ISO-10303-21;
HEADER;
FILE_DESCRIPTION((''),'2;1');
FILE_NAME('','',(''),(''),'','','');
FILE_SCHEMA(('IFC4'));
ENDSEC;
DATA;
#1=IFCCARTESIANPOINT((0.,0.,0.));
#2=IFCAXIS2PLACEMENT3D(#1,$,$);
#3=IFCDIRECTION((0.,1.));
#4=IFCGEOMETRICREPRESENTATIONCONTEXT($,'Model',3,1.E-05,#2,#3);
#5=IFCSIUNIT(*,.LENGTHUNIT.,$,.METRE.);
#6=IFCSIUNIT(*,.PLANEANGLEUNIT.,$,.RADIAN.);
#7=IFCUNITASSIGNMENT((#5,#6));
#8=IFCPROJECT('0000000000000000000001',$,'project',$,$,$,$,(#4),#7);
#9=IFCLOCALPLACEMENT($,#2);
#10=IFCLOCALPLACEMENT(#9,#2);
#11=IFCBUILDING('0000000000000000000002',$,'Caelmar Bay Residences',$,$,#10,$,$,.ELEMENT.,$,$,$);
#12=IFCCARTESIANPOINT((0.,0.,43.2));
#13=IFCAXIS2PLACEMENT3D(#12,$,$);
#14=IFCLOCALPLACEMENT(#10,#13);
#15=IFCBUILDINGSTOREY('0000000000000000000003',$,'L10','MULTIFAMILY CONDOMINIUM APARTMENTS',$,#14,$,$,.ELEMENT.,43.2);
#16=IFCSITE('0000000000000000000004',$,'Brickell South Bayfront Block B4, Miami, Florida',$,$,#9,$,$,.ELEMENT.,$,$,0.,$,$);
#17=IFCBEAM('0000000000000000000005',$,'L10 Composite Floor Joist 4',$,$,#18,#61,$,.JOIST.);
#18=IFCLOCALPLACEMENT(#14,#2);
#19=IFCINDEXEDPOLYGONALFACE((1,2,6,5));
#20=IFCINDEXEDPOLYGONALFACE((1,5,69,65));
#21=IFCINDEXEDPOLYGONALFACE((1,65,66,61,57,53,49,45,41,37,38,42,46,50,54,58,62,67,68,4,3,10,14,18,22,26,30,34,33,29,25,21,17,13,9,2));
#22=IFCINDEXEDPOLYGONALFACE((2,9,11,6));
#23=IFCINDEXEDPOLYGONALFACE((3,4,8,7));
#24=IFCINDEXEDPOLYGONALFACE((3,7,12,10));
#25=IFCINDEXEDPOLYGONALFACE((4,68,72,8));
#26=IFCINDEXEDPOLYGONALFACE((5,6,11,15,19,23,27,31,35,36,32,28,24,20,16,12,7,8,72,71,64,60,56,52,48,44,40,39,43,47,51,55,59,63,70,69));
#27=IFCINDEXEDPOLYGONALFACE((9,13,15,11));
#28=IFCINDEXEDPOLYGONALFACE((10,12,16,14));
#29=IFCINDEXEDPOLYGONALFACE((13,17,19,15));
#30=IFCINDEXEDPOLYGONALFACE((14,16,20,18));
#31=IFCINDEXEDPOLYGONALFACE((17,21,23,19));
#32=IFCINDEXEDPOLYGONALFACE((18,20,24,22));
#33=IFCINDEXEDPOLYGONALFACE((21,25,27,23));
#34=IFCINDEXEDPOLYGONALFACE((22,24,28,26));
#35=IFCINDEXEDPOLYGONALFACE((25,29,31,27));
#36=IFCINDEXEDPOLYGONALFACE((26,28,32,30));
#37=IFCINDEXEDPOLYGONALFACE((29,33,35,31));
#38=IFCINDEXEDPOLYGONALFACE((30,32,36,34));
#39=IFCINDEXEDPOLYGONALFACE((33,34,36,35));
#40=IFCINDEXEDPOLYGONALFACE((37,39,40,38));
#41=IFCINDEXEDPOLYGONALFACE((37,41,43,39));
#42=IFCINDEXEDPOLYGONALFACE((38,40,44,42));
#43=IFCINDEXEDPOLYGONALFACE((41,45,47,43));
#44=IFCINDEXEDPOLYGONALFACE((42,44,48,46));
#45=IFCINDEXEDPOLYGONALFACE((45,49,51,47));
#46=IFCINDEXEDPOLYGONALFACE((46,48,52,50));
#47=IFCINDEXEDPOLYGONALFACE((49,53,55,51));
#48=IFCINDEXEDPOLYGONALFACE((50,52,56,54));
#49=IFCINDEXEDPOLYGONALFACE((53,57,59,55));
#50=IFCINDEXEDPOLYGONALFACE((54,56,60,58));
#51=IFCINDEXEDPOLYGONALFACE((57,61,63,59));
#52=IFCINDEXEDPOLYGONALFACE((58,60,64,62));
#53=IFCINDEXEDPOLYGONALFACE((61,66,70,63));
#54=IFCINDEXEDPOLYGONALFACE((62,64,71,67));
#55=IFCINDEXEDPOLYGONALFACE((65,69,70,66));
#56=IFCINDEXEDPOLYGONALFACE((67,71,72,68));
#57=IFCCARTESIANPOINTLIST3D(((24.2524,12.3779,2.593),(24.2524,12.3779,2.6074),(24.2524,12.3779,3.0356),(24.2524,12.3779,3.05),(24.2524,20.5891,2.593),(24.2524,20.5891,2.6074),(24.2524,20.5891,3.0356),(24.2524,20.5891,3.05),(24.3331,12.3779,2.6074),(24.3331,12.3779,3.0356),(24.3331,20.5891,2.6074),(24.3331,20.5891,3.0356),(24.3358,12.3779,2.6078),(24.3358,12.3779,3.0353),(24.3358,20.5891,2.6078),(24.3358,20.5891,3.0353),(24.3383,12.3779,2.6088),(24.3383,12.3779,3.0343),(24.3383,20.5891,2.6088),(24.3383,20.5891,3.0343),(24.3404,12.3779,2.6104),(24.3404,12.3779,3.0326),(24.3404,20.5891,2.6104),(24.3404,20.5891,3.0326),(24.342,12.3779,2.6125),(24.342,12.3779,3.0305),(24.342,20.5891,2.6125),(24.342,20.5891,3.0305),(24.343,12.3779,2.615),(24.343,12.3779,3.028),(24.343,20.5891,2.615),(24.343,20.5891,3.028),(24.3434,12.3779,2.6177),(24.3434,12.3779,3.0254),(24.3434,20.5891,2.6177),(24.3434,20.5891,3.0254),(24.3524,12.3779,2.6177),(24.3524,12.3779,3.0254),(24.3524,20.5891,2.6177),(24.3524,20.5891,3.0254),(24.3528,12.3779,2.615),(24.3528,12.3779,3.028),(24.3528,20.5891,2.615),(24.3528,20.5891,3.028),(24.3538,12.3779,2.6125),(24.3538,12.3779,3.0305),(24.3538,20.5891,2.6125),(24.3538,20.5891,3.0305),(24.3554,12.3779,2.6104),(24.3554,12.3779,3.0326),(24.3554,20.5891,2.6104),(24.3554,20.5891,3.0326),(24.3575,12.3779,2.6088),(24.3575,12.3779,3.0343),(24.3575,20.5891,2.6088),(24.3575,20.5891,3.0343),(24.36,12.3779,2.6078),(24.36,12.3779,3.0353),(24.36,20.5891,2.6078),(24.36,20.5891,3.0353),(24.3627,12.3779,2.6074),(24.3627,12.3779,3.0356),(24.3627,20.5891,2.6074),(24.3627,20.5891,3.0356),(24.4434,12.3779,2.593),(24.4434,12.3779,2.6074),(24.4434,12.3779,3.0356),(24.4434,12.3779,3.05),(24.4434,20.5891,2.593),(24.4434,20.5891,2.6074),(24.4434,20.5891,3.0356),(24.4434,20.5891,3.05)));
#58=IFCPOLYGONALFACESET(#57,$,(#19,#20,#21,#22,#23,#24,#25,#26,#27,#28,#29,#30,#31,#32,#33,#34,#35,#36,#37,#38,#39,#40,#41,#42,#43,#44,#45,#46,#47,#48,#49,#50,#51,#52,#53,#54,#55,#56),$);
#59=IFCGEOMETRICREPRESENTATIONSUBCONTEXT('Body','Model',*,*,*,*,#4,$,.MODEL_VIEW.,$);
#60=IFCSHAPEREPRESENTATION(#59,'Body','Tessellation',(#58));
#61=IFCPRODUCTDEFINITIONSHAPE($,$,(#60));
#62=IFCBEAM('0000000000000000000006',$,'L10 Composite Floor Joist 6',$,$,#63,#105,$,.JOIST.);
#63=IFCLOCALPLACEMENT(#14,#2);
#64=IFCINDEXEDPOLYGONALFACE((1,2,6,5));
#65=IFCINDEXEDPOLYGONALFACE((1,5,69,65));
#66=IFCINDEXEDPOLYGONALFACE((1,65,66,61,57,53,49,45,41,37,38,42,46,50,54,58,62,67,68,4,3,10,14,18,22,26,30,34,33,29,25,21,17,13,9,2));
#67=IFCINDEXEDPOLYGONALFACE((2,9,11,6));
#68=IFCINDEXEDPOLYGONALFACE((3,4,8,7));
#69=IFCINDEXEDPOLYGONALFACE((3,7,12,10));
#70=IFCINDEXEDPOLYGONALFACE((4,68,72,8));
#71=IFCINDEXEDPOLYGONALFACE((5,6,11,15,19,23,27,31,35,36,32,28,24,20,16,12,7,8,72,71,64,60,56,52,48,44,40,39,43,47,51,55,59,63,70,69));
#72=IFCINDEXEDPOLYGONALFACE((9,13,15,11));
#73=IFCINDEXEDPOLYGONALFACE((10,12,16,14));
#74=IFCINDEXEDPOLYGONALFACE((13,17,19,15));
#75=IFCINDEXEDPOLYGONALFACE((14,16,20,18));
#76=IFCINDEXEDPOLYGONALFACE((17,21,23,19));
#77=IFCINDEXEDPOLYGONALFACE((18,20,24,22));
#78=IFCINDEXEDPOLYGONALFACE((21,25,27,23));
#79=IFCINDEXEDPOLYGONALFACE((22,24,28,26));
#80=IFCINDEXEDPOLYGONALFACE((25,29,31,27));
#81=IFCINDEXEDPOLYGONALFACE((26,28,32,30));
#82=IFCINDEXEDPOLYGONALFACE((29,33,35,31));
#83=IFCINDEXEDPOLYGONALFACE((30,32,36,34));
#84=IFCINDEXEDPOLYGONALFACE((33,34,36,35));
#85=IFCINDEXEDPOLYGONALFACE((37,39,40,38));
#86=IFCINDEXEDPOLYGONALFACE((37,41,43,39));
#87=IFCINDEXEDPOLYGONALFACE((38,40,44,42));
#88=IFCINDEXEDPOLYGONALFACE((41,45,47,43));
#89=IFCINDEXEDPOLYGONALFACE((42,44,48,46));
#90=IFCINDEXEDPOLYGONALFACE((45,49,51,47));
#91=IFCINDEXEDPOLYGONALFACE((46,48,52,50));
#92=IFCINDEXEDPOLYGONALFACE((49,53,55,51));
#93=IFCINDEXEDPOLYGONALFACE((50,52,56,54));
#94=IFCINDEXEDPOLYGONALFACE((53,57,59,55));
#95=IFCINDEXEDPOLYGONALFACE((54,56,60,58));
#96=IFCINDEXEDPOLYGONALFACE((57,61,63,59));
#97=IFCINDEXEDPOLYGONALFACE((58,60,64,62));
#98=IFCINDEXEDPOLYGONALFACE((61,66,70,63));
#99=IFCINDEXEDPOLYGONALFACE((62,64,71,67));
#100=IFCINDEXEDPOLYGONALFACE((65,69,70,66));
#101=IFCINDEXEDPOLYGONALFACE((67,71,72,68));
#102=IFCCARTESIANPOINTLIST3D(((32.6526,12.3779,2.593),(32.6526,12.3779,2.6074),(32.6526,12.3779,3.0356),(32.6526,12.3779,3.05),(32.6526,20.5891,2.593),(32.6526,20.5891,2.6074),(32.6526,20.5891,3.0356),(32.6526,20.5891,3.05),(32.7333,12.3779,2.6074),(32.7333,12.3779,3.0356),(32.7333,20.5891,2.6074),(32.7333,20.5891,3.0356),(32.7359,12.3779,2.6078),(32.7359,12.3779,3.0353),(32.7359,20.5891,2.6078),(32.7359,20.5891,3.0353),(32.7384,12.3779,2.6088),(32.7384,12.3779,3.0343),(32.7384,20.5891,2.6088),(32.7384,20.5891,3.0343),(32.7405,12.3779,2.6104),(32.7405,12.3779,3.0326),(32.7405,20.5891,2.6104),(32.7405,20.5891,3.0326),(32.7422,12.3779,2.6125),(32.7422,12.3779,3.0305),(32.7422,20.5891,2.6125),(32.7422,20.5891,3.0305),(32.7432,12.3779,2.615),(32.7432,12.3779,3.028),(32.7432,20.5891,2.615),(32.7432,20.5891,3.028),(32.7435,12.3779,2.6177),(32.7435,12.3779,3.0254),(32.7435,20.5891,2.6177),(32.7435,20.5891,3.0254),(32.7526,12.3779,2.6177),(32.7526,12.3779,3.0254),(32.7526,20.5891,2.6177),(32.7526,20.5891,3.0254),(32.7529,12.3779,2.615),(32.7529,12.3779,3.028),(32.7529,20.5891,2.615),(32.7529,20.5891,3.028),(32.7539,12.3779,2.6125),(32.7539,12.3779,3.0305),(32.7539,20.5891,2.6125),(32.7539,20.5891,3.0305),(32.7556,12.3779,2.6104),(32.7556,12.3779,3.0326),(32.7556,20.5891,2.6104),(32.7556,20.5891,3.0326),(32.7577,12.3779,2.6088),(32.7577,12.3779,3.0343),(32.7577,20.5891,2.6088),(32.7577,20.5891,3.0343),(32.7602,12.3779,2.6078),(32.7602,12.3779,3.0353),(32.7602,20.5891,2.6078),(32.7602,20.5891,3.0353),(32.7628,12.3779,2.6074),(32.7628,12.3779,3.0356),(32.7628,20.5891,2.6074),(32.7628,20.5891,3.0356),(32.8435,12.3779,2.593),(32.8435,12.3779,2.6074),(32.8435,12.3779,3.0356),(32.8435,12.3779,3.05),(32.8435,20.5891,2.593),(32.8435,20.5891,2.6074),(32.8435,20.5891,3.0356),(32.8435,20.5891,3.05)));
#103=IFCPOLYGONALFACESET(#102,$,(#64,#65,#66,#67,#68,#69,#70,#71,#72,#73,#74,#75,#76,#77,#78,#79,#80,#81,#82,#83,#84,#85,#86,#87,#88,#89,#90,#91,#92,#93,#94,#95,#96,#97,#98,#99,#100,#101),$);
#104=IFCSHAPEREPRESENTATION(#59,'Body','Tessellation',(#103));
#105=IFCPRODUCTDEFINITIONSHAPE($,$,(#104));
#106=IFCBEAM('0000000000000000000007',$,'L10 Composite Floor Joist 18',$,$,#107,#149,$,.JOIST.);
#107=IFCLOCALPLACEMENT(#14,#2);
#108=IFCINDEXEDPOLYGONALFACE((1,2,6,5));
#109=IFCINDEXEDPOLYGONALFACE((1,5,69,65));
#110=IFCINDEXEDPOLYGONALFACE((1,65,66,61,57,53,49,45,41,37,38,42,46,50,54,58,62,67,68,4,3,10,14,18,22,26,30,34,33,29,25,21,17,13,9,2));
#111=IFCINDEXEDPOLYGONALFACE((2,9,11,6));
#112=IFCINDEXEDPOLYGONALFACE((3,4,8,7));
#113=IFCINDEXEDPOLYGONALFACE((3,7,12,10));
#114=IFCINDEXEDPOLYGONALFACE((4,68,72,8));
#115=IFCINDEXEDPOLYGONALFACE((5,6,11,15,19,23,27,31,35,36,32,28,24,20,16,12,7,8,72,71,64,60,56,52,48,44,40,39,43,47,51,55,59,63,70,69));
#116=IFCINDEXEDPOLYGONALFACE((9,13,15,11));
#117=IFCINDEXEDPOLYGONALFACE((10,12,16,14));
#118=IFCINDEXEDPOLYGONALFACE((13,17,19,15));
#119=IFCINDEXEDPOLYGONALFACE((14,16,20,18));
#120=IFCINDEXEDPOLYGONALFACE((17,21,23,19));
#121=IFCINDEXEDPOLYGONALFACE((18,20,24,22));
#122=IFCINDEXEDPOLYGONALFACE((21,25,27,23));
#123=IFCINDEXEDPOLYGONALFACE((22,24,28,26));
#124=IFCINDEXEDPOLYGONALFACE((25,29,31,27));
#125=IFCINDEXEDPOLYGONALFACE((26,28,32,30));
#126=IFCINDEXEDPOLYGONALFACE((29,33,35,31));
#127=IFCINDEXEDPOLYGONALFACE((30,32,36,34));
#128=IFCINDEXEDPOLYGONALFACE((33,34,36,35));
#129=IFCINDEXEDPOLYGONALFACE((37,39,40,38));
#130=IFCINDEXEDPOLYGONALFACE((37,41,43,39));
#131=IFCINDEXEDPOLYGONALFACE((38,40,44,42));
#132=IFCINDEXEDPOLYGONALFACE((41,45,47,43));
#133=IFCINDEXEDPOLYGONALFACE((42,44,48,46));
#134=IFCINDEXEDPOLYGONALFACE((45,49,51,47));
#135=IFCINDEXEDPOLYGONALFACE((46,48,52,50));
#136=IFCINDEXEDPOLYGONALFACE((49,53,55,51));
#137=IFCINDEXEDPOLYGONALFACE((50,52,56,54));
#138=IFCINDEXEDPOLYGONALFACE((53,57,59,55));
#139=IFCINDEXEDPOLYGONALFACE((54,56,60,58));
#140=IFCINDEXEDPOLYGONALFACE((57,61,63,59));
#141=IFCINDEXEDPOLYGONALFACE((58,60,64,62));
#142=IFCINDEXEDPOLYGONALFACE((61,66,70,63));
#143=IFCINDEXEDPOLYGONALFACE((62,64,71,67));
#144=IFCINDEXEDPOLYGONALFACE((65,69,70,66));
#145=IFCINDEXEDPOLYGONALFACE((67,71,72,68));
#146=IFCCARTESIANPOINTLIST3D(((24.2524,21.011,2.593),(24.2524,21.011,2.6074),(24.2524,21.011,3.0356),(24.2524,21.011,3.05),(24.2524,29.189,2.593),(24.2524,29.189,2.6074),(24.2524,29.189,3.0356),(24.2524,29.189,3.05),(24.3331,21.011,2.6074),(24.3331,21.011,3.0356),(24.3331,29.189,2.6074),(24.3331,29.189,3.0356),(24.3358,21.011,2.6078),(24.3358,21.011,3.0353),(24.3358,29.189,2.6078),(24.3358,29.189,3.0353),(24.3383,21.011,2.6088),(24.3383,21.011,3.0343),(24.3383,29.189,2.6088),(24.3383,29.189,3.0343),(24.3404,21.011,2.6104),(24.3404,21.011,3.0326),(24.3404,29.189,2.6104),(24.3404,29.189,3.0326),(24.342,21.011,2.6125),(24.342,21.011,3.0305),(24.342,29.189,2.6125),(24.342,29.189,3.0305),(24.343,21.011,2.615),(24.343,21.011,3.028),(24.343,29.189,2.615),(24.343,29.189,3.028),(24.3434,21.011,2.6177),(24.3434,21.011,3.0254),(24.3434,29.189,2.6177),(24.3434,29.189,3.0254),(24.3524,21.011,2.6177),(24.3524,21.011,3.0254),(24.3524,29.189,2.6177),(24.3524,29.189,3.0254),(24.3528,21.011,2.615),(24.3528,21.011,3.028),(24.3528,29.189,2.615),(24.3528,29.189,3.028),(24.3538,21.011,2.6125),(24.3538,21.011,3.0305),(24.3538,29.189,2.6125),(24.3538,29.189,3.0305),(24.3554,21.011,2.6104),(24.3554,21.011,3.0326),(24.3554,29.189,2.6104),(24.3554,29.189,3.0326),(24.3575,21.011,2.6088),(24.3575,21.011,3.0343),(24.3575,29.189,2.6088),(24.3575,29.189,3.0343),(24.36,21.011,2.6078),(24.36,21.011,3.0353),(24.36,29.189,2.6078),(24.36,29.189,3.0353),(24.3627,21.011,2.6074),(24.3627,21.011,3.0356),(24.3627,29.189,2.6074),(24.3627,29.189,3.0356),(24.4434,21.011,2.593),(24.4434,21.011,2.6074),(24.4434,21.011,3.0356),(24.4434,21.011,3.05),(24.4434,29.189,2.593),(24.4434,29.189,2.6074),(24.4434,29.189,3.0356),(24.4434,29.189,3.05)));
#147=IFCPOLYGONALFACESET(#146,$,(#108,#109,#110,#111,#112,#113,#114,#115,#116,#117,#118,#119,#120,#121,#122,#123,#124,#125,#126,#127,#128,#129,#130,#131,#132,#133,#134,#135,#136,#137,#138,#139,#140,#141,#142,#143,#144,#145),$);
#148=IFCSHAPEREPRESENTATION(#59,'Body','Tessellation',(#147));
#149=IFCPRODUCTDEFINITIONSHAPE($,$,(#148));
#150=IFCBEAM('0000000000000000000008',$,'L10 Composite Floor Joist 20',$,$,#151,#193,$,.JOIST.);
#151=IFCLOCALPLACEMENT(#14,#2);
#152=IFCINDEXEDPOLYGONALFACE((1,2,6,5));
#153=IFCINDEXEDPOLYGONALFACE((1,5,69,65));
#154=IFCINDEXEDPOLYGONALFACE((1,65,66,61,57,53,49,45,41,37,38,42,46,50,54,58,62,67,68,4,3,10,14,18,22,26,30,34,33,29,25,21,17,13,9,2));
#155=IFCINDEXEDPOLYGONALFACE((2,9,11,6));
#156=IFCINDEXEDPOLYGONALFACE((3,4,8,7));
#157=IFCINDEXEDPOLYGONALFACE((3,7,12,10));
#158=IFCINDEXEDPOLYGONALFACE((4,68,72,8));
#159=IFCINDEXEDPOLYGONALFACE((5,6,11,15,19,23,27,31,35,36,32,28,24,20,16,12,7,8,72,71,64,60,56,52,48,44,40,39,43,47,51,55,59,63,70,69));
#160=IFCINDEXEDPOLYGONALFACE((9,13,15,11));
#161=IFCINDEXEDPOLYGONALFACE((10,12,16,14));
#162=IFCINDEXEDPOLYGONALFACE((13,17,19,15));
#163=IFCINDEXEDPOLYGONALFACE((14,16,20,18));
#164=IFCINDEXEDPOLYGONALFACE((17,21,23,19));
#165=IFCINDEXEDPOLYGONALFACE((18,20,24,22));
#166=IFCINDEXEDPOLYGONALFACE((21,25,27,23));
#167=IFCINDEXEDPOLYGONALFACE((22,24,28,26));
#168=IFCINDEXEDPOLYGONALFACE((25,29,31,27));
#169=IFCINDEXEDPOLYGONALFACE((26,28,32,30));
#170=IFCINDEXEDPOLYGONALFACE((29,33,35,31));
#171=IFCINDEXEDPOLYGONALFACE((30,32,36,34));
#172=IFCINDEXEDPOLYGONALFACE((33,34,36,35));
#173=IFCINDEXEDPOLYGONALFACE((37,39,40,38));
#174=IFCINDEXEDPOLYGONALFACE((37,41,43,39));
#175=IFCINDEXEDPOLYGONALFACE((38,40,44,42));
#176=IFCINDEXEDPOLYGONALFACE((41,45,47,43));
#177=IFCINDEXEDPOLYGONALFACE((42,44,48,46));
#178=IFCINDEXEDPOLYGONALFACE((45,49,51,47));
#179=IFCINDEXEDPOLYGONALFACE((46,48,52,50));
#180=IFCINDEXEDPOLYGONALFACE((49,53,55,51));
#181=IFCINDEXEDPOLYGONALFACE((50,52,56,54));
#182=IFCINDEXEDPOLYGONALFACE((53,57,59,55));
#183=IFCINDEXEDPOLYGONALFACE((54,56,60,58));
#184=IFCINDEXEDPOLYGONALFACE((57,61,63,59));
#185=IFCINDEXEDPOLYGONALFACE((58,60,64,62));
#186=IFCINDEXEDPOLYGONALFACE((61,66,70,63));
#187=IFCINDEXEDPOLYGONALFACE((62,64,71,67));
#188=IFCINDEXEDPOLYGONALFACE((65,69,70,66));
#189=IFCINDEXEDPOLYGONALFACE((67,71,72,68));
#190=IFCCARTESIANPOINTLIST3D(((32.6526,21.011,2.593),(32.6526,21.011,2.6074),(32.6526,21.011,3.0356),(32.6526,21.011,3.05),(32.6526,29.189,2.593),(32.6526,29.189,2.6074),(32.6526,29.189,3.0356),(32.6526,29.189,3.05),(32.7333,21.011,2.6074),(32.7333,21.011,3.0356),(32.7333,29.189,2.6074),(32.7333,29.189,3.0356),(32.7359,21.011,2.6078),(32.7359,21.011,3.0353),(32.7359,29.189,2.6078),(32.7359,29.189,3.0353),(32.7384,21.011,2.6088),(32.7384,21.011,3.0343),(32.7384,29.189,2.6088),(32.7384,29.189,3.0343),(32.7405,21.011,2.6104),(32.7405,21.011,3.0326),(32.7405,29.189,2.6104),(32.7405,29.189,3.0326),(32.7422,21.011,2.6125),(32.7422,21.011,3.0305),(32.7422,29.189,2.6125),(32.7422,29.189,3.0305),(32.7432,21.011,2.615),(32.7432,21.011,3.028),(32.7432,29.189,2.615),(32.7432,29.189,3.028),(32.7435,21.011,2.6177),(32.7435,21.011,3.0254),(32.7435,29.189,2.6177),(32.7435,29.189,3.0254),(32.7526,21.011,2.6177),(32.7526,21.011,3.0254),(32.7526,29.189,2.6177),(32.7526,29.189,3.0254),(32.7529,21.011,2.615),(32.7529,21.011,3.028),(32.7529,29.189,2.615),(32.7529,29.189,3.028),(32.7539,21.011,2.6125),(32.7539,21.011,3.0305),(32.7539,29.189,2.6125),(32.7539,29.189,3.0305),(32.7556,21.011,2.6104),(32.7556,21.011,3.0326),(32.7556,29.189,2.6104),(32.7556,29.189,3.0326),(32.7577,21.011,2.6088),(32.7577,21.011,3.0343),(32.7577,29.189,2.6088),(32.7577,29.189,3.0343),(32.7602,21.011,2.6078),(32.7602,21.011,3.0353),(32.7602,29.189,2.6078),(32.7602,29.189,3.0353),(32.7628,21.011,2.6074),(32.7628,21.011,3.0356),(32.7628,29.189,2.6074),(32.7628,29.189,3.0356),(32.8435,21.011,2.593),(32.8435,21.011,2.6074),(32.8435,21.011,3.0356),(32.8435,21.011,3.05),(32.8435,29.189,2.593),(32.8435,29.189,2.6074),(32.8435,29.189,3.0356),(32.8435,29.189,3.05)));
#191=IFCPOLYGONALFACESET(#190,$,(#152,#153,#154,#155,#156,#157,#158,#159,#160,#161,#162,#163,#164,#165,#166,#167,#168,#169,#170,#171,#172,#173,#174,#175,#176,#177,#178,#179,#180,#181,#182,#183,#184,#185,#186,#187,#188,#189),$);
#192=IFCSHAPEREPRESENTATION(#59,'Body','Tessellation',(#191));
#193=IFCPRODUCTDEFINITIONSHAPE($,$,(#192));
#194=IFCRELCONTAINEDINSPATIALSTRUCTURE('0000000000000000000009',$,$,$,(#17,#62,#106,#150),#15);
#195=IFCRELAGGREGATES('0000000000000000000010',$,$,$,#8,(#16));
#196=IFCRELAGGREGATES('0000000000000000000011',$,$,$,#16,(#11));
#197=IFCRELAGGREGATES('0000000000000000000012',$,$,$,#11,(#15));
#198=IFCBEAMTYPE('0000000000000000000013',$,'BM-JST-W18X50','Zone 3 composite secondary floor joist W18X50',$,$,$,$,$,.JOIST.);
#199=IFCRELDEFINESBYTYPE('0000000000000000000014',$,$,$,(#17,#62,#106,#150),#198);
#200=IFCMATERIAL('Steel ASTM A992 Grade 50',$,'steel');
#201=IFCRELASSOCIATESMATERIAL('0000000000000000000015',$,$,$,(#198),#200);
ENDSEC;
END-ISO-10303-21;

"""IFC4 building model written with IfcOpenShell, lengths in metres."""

from ifc_helpers import new_model, si_unit, direction, frame, origin, origin_2d, place, context, subcontext, project, spatial, i_section, extrude, material, material_profile, profile_set, type_object, element, save


model = new_model("IFC4")

# Units and contexts
model_context = context("Model", 3, precision=1e-05, world=origin(), true_north=direction((0.0, 1.0)))
body_context = subcontext(model_context, "Body", "Model", "MODEL_VIEW")
ifc_project = project(units=[si_unit("LENGTHUNIT", "METRE"), si_unit("PLANEANGLEUNIT", "RADIAN")], contexts=[model_context])

# Site, building, storey
site_placement = place(None, origin())
site = spatial("IfcSite", under=ifc_project, at=site_placement, Name="Brickell South Bayfront Block B4, Miami, Florida", CompositionType="ELEMENT", RefElevation=0.0)
building_placement = place(site_placement, origin())
building = spatial("IfcBuilding", under=site, at=building_placement, Name="Caelmar Bay Residences", CompositionType="ELEMENT")
storey_placement = place(building_placement, frame((0.0, 0.0, 43.2)))
storey = spatial("IfcBuildingStorey", under=building, at=storey_placement, Name="L10", Description="MULTIFAMILY CONDOMINIUM APARTMENTS", CompositionType="ELEMENT", Elevation=43.2)

# Beams
ifc_material_1 = material(Name="Steel ASTM A992 Grade 50", Category="steel")
ifc_material_profile_1 = material_profile(ifc_material_1, i_section(OverallWidth=0.1909, OverallDepth=0.457, WebThickness=0.009, FlangeThickness=0.0144, FilletRadius=0.0103, at=origin_2d()), Name="W18X50")
ifc_profile_set_1 = profile_set([ifc_material_profile_1], Name="Steel ASTM A992 Grade 50")
beam_type_1 = type_object("IfcBeamType", Name="BM-JST-W18X50", Description="Zone 3 composite secondary floor joist W18X50", PredefinedType="JOIST", material=ifc_profile_set_1)
for number, where, z_axis, x_axis, name in (
    (1, (24.3479, 12.3779, 2.8215), (0.0, 1.0, 0.0), (-1.0, 0.0, 0.0), "L10 Composite Floor Joist 4"),
    (2, (32.748, 12.3779, 2.8215), (0.0, 1.0, 0.0), (-1.0, 0.0, 0.0), "L10 Composite Floor Joist 6"),
):
    element("IfcBeam", number, at=place(storey_placement, frame(where, z_axis=z_axis, x_axis=x_axis)), inside=storey, type_object=beam_type_1, Name=name, PredefinedType="JOIST", context=body_context, shape_type="SweptSolid", body=[
        extrude(i_section(OverallWidth=0.1909, OverallDepth=0.457, WebThickness=0.009, FlangeThickness=0.0144, FilletRadius=0.0103, at=origin_2d()), origin(), (0.0, 0.0, 1.0), 8.2112),
    ])
for number, where, z_axis, x_axis, name in (
    (3, (24.3479, 21.011, 2.8215), (0.0, 1.0, 0.0), (-1.0, 0.0, 0.0), "L10 Composite Floor Joist 18"),
    (4, (32.748, 21.011, 2.8215), (0.0, 1.0, 0.0), (-1.0, 0.0, 0.0), "L10 Composite Floor Joist 20"),
):
    element("IfcBeam", number, at=place(storey_placement, frame(where, z_axis=z_axis, x_axis=x_axis)), inside=storey, type_object=beam_type_1, Name=name, PredefinedType="JOIST", context=body_context, shape_type="SweptSolid", body=[
        extrude(i_section(OverallWidth=0.1909, OverallDepth=0.457, WebThickness=0.009, FlangeThickness=0.0144, FilletRadius=0.0103, at=origin_2d()), origin(), (0.0, 0.0, 1.0), 8.178),
    ])

save(model, "model.ifc")
